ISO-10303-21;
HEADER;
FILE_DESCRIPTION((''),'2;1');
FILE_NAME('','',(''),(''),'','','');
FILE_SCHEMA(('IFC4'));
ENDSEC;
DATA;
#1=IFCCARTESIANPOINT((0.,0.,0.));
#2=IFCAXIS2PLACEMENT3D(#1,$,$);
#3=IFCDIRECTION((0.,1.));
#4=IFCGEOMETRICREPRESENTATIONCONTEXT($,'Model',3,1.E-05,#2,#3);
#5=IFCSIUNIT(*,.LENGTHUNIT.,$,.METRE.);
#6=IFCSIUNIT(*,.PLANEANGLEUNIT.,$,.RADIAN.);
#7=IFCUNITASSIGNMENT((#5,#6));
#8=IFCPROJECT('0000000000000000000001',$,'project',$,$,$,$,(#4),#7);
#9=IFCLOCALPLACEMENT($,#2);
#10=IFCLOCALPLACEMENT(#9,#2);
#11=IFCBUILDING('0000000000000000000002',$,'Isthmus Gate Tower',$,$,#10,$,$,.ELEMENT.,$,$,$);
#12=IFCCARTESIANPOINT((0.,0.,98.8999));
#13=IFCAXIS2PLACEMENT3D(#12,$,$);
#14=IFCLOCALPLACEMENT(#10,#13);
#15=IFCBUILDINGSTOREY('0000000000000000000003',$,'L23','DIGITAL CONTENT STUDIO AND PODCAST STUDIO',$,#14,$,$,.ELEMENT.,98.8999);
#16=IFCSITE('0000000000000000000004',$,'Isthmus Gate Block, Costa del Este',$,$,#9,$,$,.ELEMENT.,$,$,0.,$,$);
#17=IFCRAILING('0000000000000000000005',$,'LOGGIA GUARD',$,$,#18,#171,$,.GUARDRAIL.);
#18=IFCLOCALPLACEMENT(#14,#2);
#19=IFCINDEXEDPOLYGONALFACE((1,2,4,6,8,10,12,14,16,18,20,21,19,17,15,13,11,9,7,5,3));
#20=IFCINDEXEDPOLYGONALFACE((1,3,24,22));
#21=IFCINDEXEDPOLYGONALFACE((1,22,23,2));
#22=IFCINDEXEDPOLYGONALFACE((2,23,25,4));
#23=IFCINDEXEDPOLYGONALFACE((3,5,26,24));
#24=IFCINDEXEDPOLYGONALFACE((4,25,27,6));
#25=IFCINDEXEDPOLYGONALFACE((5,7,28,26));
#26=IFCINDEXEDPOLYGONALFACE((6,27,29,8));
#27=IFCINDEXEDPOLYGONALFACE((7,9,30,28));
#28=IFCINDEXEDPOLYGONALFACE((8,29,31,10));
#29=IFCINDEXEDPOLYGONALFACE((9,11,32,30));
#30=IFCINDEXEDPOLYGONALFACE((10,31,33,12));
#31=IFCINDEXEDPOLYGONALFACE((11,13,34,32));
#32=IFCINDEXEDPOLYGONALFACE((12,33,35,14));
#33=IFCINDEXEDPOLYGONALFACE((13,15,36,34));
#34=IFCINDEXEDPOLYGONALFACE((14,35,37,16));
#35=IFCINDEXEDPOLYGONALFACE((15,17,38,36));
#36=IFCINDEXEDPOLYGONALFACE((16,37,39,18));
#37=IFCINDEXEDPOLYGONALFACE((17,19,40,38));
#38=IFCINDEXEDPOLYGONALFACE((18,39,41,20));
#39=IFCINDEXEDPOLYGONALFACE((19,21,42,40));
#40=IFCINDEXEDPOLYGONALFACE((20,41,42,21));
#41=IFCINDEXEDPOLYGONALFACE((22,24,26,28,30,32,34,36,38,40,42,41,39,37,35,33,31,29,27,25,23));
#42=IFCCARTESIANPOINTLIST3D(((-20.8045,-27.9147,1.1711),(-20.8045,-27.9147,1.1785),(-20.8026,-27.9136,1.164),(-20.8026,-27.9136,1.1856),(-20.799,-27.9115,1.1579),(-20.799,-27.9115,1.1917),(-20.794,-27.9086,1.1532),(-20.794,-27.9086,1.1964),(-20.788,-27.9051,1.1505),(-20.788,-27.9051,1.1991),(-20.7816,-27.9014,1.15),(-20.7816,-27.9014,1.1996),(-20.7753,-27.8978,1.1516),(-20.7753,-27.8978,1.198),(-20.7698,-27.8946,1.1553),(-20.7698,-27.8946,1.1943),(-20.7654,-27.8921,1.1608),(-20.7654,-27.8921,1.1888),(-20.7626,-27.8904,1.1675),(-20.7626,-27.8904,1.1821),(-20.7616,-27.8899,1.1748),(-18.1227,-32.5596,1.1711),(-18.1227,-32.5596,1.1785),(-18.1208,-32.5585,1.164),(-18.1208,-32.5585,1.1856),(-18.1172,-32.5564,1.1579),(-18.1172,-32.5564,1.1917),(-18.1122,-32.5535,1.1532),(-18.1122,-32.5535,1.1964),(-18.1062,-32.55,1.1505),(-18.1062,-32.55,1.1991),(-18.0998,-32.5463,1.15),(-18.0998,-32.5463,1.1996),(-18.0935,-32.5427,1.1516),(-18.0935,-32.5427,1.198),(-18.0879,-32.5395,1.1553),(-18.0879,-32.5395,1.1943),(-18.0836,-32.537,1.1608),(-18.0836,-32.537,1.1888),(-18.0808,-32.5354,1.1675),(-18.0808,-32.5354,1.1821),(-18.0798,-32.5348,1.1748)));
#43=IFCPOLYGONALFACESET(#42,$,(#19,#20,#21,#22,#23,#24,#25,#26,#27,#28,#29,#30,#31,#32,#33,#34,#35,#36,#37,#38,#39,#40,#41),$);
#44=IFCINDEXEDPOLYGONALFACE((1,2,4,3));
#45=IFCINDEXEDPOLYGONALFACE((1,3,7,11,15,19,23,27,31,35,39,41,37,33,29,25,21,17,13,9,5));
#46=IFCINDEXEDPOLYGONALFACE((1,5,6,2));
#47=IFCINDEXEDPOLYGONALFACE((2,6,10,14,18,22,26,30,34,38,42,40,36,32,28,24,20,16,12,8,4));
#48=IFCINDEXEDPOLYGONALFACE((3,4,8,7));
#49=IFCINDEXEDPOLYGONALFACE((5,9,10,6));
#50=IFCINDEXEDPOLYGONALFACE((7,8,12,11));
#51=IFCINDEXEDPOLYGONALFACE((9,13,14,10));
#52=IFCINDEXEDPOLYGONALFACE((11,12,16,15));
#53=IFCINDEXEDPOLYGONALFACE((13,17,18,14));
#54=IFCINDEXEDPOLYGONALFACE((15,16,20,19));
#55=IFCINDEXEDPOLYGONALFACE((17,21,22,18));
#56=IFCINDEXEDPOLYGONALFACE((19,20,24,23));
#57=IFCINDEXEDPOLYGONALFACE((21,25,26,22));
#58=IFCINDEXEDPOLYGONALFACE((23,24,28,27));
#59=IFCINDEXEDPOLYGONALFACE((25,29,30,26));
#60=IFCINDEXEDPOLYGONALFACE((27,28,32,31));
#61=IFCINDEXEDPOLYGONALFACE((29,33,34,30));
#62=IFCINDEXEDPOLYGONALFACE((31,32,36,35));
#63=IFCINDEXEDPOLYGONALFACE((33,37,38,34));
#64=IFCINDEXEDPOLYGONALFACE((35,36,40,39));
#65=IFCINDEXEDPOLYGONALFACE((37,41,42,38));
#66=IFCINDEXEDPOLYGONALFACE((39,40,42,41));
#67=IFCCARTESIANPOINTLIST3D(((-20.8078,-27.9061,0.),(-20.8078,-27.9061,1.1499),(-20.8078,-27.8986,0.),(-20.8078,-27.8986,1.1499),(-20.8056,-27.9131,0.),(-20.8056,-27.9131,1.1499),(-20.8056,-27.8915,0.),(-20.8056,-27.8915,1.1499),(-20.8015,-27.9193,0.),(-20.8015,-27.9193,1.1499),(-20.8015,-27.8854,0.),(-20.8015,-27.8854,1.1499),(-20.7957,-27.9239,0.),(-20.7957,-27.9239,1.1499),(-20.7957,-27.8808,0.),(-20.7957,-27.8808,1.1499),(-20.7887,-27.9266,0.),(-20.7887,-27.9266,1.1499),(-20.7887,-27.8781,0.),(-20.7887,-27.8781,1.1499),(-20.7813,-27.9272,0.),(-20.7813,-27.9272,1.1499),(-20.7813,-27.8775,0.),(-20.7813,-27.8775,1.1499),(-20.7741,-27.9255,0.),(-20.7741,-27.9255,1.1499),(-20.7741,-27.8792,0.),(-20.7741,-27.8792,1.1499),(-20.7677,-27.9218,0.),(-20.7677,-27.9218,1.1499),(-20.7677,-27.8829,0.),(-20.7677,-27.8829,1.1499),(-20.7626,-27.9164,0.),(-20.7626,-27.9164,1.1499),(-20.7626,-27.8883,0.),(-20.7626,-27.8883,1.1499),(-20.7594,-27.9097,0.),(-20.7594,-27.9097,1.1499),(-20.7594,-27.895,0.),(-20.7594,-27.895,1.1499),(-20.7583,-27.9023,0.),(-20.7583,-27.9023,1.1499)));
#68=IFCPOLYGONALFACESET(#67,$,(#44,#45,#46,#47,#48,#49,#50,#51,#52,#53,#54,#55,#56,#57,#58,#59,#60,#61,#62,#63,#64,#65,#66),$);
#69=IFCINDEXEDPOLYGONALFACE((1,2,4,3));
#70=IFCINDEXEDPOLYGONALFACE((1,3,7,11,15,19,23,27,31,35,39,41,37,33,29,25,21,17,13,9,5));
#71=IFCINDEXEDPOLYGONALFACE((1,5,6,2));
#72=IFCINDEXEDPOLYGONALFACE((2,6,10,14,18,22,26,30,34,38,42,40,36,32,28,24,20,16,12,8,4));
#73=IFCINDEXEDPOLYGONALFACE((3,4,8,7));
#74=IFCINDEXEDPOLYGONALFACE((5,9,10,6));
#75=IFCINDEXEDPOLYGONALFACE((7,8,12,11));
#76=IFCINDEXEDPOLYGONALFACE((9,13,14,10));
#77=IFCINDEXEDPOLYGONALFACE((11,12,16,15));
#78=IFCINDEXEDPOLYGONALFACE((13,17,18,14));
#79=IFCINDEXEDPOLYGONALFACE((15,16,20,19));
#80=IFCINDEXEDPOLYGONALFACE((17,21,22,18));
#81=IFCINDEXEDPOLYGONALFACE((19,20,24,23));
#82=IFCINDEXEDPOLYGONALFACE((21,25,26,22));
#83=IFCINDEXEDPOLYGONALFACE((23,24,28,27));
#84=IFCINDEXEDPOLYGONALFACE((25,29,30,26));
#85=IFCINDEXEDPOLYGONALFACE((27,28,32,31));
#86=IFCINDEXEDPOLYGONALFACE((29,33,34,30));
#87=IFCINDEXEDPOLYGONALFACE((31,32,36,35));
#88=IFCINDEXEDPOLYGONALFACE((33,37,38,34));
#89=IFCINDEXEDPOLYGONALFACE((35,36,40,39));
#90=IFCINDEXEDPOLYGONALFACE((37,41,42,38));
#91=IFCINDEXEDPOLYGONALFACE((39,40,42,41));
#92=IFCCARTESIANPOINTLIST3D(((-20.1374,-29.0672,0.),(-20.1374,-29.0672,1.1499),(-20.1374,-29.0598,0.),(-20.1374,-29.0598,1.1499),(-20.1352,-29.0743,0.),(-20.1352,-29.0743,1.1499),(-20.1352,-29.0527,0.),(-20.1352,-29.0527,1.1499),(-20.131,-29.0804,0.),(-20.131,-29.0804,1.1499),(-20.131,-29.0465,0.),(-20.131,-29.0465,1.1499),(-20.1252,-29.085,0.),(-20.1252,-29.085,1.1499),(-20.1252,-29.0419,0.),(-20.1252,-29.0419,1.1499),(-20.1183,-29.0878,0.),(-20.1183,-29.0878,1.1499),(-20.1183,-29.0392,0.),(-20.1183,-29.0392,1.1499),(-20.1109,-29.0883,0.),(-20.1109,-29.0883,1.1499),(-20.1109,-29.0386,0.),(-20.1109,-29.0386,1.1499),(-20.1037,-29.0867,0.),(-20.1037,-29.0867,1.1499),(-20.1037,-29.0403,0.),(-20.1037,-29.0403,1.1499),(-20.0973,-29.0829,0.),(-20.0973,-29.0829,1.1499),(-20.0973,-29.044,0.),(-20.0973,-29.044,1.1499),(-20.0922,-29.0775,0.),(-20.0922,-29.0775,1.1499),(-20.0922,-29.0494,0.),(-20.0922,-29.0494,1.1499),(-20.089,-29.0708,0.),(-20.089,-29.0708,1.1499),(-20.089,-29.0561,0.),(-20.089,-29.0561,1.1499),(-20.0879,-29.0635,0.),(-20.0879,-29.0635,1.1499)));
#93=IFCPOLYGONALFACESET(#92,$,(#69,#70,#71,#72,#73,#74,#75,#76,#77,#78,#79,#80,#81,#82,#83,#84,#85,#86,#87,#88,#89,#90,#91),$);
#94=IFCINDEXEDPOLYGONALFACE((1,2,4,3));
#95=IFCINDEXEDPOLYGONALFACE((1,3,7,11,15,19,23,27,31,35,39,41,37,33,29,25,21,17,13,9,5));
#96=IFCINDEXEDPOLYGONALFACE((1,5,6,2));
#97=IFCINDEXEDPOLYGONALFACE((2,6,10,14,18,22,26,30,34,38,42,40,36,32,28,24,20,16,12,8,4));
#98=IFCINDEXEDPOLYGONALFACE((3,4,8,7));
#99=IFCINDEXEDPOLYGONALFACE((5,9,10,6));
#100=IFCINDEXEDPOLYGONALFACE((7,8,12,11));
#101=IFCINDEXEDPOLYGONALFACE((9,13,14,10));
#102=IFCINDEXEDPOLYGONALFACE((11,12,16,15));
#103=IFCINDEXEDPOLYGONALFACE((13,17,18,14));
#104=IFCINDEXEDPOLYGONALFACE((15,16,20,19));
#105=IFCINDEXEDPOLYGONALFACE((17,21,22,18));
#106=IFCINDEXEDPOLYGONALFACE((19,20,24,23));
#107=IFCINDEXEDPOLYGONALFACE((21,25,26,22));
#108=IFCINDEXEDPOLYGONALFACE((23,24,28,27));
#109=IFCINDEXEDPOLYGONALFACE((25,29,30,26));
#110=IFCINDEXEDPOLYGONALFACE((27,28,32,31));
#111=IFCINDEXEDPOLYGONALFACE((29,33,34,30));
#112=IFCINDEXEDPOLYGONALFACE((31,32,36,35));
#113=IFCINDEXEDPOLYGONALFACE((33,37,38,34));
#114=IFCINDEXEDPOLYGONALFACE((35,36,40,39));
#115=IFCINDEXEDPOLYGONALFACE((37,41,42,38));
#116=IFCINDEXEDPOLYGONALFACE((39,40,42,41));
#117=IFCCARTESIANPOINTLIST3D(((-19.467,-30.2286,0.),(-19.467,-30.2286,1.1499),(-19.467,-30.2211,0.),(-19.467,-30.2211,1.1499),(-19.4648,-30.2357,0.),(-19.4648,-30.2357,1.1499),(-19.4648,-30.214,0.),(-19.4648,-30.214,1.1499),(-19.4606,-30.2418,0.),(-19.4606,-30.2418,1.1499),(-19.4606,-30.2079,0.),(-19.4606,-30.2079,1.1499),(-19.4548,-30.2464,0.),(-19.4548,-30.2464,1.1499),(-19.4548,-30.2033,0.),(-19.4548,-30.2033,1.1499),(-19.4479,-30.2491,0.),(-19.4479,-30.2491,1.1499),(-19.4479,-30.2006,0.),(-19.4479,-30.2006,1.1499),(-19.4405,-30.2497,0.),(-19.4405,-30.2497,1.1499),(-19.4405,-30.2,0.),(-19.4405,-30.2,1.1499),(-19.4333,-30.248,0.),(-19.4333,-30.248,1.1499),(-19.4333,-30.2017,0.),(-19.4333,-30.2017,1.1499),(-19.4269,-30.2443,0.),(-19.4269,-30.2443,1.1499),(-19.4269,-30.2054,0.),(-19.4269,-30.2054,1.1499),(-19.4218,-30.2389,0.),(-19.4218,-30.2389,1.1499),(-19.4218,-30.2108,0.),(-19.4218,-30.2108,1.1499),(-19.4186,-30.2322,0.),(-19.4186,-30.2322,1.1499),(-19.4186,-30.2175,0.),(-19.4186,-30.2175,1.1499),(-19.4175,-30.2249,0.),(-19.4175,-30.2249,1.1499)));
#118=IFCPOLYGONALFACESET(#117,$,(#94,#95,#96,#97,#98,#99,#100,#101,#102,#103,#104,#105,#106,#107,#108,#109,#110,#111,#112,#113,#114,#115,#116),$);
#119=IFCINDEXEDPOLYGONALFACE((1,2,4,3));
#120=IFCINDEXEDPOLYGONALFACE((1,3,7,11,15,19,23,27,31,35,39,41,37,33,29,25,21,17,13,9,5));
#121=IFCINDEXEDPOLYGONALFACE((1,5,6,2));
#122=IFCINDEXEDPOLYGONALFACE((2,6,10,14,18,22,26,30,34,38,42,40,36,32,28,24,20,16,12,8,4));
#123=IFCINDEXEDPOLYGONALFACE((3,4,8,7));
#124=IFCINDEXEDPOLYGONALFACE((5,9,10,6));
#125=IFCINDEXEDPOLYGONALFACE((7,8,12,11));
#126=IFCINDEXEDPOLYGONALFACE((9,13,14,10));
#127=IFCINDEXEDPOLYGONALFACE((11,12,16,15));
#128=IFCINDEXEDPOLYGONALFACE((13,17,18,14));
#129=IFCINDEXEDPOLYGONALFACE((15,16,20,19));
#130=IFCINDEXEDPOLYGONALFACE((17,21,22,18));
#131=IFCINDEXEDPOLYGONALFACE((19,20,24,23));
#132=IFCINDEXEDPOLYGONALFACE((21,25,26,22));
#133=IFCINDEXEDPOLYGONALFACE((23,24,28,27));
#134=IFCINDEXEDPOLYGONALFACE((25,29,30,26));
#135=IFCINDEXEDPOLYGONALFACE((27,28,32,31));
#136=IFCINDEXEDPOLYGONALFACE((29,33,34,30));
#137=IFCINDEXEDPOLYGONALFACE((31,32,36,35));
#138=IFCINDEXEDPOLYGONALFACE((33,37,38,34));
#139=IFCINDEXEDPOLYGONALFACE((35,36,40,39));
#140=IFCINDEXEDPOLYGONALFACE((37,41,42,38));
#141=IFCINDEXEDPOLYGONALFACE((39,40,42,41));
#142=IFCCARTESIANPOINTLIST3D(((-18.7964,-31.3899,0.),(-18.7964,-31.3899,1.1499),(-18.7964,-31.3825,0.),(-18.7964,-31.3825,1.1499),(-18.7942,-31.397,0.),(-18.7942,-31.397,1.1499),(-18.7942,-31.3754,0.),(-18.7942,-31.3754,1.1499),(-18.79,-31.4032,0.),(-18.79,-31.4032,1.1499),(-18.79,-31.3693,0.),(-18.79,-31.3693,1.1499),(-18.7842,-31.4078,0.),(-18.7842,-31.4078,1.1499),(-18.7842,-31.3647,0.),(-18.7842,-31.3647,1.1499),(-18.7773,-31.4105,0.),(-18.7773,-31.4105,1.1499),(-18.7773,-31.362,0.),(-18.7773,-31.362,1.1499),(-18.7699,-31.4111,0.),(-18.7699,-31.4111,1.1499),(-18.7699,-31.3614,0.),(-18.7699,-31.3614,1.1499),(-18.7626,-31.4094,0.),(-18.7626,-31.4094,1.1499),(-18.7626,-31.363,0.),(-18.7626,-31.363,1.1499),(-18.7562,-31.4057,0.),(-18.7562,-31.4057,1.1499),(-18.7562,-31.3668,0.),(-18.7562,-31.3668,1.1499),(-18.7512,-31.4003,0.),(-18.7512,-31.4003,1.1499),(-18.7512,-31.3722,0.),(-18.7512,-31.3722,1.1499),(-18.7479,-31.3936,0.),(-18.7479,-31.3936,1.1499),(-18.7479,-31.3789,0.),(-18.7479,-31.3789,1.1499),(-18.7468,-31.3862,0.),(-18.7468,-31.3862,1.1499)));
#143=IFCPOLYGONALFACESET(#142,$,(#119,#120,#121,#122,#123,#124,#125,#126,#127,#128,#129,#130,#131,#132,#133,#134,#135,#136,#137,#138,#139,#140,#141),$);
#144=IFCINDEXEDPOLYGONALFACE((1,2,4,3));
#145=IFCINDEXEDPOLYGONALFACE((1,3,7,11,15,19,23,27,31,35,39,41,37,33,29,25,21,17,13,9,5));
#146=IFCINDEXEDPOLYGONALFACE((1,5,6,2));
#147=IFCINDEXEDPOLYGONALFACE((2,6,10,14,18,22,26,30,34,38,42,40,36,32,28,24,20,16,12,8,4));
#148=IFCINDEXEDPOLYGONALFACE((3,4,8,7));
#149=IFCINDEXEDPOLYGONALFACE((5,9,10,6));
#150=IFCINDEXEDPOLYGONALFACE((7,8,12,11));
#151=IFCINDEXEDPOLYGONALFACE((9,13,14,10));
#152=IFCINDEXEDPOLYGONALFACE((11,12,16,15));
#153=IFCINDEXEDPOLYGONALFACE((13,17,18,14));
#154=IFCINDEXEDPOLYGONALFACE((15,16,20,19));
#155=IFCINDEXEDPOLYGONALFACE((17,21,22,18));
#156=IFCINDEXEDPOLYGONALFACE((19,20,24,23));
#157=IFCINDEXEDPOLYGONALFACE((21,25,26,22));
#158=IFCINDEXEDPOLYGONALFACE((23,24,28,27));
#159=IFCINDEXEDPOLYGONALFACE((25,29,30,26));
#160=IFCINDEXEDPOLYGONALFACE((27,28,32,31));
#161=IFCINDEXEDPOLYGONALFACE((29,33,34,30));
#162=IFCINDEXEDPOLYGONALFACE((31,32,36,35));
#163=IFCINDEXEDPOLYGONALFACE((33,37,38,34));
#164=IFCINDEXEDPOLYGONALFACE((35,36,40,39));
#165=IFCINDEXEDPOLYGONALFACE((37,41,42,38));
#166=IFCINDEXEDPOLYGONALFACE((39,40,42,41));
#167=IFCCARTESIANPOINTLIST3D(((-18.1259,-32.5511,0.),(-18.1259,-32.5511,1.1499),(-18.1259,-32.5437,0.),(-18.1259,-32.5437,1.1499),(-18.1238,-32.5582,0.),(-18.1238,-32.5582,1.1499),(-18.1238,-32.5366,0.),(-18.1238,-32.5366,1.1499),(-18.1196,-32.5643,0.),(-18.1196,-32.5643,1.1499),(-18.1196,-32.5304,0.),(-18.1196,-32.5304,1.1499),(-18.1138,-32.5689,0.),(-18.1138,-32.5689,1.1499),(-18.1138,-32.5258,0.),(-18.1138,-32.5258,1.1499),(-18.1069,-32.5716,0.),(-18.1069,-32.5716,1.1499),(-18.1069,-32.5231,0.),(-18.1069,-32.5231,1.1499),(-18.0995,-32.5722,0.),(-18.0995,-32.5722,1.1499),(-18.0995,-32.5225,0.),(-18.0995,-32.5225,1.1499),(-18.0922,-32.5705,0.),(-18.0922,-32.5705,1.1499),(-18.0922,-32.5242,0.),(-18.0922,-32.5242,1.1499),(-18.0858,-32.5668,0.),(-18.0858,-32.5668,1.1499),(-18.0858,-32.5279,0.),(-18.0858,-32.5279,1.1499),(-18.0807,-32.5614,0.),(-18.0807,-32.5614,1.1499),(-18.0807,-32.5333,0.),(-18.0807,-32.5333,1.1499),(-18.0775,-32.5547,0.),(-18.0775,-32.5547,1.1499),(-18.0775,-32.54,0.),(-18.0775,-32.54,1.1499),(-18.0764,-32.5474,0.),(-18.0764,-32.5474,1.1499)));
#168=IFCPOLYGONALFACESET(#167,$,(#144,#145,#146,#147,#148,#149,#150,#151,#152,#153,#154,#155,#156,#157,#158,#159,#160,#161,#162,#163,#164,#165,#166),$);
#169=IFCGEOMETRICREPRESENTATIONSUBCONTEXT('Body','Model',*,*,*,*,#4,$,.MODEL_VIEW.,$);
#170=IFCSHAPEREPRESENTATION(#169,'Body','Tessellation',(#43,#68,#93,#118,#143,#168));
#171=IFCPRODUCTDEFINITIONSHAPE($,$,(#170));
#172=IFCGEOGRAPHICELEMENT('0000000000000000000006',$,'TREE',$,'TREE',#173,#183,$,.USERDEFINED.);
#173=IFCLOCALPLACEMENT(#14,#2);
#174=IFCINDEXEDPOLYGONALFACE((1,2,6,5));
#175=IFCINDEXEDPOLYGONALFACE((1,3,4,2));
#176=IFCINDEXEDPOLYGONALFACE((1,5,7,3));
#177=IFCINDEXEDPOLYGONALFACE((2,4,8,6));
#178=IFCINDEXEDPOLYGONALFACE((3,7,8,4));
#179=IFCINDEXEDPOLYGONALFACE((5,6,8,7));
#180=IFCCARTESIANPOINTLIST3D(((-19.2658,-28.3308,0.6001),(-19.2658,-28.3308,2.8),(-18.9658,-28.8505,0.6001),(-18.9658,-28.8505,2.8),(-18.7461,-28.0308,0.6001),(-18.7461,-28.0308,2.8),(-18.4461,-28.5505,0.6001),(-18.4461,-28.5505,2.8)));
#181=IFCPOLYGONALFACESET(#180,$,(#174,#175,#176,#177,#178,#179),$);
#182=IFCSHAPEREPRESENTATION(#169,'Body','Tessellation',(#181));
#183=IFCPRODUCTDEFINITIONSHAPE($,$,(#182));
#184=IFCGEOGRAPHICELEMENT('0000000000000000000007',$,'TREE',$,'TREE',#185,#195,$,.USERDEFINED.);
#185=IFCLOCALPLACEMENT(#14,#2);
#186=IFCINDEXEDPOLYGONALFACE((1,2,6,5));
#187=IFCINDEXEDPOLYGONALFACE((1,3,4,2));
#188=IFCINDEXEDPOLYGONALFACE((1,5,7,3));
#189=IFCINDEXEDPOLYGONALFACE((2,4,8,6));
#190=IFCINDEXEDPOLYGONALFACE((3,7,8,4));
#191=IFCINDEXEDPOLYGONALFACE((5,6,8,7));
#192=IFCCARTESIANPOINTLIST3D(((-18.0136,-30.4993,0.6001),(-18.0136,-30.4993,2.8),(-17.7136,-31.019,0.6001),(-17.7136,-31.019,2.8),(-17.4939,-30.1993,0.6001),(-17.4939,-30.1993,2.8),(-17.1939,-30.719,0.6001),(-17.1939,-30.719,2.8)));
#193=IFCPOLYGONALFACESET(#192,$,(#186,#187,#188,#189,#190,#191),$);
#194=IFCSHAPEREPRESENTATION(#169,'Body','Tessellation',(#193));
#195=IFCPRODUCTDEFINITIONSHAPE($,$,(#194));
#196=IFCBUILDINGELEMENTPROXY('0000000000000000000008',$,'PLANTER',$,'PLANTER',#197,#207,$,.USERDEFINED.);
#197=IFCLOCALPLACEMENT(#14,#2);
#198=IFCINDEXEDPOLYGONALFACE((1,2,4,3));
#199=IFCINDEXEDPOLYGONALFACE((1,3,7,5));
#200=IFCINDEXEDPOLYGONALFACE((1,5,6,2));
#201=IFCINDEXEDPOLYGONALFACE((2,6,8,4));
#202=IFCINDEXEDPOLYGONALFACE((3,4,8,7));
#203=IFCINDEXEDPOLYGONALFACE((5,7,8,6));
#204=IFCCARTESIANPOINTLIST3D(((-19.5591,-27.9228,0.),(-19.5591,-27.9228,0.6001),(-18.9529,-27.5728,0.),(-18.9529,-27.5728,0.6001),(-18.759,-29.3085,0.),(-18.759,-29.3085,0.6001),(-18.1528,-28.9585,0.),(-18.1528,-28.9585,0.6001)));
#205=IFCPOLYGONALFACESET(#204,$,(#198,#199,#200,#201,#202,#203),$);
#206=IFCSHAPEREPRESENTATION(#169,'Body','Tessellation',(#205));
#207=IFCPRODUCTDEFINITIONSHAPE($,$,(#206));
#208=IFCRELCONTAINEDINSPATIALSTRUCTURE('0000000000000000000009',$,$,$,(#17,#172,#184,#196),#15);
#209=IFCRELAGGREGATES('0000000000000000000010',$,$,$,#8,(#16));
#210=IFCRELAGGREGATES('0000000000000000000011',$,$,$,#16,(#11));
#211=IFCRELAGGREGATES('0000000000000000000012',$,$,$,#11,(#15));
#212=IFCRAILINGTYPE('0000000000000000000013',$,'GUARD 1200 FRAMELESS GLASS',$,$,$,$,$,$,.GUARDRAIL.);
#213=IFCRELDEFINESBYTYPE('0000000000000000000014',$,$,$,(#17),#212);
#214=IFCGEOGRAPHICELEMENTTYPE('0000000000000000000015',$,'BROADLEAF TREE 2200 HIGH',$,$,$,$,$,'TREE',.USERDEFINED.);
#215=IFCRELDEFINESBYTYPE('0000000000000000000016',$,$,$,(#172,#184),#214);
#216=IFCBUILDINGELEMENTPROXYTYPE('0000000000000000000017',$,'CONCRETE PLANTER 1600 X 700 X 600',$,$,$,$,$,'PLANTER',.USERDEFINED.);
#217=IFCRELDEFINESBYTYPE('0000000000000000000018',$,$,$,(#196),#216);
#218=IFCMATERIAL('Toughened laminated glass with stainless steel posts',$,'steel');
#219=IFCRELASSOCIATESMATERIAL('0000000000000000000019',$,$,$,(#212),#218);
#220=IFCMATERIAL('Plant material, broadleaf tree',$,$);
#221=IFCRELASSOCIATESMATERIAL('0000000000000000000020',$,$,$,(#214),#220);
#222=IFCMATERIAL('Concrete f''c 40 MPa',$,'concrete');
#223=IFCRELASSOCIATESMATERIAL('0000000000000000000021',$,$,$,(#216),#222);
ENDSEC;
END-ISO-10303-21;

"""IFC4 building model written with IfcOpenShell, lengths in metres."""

from ifc_helpers import new_model, si_unit, direction, frame, origin, origin_2d, place, context, subcontext, project, spatial, rectangle, circle, extrude, material, type_object, element, save


model = new_model("IFC4")

# Units and contexts
model_context = context("Model", 3, precision=1e-05, world=origin(), true_north=direction((0.0, 1.0)))
body_context = subcontext(model_context, "Body", "Model", "MODEL_VIEW")
ifc_project = project(units=[si_unit("LENGTHUNIT", "METRE"), si_unit("PLANEANGLEUNIT", "RADIAN")], contexts=[model_context])

# Site, building, storey
site_placement = place(None, origin())
site = spatial("IfcSite", under=ifc_project, at=site_placement, Name="Isthmus Gate Block, Costa del Este", CompositionType="ELEMENT", RefElevation=0.0)
building_placement = place(site_placement, origin())
building = spatial("IfcBuilding", under=site, at=building_placement, Name="Isthmus Gate Tower", CompositionType="ELEMENT")
storey_placement = place(building_placement, frame((0.0, 0.0, 98.8999)))
storey = spatial("IfcBuildingStorey", under=building, at=storey_placement, Name="L23", Description="DIGITAL CONTENT STUDIO AND PODCAST STUDIO", CompositionType="ELEMENT", Elevation=98.8999)

# Railing
ifc_material_1 = material(Name="Toughened laminated glass with stainless steel posts", Category="steel")
railing_type = type_object("IfcRailingType", Name="GUARD 1200 FRAMELESS GLASS", PredefinedType="GUARDRAIL", material=ifc_material_1)
railing_placement = place(storey_placement, frame((-20.7832, -27.9023, 0.0)))
element("IfcRailing", 1, at=railing_placement, inside=storey, type_object=railing_type, Name="LOGGIA GUARD", PredefinedType="GUARDRAIL", context=body_context, shape_type="SweptSolid", body=[
    extrude(circle(Radius=0.0249, at=origin_2d()), frame((0.0, 0.0, 1.1748), z_axis=(0.500011, -0.866019, 0.0), x_axis=(0.866019, 0.500011, 0.0)), (0.0, 0.0, 1.0), 5.3635),
    extrude(circle(Radius=0.0249, at=origin_2d()), origin(), (0.0, 0.0, 1.0), 1.1499),
    extrude(circle(Radius=0.0249, at=origin_2d()), frame((0.6704, -1.1611, 0.0)), (0.0, 0.0, 1.0), 1.1499),
    extrude(circle(Radius=0.0249, at=origin_2d()), frame((1.3408, -2.3225, 0.0)), (0.0, 0.0, 1.0), 1.1499),
    extrude(circle(Radius=0.0249, at=origin_2d()), frame((2.0115, -3.4839, 0.0)), (0.0, 0.0, 1.0), 1.1499),
    extrude(circle(Radius=0.0249, at=origin_2d()), frame((2.6819, -4.645, 0.0)), (0.0, 0.0, 1.0), 1.1499),
])

# Geographic elements
ifc_material_2 = material(Name="Plant material, broadleaf tree")
geographic_element_type = type_object("IfcGeographicElementType", Name="BROADLEAF TREE 2200 HIGH", ElementType="TREE", PredefinedType="USERDEFINED", material=ifc_material_2)
for number, where, z_axis, x_axis, name in (
    (2, (-18.856, -28.4407, 0.6001), (0.0, 0.0, 1.0), (0.5, -0.866025, 0.0), "TREE"),
    (3, (-17.6038, -30.6091, 0.6001), (0.0, 0.0, 1.0), (0.5, -0.866025, 0.0), "TREE"),
):
    element("IfcGeographicElement", number, at=place(storey_placement, frame(where, z_axis=z_axis, x_axis=x_axis)), inside=storey, type_object=geographic_element_type, Name=name, ObjectType="TREE", PredefinedType="USERDEFINED", context=body_context, shape_type="SweptSolid", body=[
        extrude(rectangle(XDim=0.6001, YDim=0.6001, at=origin_2d()), origin(), (0.0, 0.0, 1.0), 2.2),
    ])

# Building element proxy
ifc_material_3 = material(Name="Concrete f'c 40 MPa", Category="concrete")
building_element_proxy_type = type_object("IfcBuildingElementProxyType", Name="CONCRETE PLANTER 1600 X 700 X 600", ElementType="PLANTER", PredefinedType="USERDEFINED", material=ifc_material_3)
for number, where, z_axis, x_axis, name in (
    (4, (-18.856, -28.4407, 0.0), (0.0, 0.0, 1.0), (0.5, -0.866025, 0.0), "PLANTER"),
):
    element("IfcBuildingElementProxy", number, at=place(storey_placement, frame(where, z_axis=z_axis, x_axis=x_axis)), inside=storey, type_object=building_element_proxy_type, Name=name, ObjectType="PLANTER", PredefinedType="USERDEFINED", context=body_context, shape_type="SweptSolid", body=[
        extrude(rectangle(XDim=1.6001, YDim=0.7, at=origin_2d()), origin(), (0.0, 0.0, 1.0), 0.6001),
    ])

save(model, "model.ifc")
